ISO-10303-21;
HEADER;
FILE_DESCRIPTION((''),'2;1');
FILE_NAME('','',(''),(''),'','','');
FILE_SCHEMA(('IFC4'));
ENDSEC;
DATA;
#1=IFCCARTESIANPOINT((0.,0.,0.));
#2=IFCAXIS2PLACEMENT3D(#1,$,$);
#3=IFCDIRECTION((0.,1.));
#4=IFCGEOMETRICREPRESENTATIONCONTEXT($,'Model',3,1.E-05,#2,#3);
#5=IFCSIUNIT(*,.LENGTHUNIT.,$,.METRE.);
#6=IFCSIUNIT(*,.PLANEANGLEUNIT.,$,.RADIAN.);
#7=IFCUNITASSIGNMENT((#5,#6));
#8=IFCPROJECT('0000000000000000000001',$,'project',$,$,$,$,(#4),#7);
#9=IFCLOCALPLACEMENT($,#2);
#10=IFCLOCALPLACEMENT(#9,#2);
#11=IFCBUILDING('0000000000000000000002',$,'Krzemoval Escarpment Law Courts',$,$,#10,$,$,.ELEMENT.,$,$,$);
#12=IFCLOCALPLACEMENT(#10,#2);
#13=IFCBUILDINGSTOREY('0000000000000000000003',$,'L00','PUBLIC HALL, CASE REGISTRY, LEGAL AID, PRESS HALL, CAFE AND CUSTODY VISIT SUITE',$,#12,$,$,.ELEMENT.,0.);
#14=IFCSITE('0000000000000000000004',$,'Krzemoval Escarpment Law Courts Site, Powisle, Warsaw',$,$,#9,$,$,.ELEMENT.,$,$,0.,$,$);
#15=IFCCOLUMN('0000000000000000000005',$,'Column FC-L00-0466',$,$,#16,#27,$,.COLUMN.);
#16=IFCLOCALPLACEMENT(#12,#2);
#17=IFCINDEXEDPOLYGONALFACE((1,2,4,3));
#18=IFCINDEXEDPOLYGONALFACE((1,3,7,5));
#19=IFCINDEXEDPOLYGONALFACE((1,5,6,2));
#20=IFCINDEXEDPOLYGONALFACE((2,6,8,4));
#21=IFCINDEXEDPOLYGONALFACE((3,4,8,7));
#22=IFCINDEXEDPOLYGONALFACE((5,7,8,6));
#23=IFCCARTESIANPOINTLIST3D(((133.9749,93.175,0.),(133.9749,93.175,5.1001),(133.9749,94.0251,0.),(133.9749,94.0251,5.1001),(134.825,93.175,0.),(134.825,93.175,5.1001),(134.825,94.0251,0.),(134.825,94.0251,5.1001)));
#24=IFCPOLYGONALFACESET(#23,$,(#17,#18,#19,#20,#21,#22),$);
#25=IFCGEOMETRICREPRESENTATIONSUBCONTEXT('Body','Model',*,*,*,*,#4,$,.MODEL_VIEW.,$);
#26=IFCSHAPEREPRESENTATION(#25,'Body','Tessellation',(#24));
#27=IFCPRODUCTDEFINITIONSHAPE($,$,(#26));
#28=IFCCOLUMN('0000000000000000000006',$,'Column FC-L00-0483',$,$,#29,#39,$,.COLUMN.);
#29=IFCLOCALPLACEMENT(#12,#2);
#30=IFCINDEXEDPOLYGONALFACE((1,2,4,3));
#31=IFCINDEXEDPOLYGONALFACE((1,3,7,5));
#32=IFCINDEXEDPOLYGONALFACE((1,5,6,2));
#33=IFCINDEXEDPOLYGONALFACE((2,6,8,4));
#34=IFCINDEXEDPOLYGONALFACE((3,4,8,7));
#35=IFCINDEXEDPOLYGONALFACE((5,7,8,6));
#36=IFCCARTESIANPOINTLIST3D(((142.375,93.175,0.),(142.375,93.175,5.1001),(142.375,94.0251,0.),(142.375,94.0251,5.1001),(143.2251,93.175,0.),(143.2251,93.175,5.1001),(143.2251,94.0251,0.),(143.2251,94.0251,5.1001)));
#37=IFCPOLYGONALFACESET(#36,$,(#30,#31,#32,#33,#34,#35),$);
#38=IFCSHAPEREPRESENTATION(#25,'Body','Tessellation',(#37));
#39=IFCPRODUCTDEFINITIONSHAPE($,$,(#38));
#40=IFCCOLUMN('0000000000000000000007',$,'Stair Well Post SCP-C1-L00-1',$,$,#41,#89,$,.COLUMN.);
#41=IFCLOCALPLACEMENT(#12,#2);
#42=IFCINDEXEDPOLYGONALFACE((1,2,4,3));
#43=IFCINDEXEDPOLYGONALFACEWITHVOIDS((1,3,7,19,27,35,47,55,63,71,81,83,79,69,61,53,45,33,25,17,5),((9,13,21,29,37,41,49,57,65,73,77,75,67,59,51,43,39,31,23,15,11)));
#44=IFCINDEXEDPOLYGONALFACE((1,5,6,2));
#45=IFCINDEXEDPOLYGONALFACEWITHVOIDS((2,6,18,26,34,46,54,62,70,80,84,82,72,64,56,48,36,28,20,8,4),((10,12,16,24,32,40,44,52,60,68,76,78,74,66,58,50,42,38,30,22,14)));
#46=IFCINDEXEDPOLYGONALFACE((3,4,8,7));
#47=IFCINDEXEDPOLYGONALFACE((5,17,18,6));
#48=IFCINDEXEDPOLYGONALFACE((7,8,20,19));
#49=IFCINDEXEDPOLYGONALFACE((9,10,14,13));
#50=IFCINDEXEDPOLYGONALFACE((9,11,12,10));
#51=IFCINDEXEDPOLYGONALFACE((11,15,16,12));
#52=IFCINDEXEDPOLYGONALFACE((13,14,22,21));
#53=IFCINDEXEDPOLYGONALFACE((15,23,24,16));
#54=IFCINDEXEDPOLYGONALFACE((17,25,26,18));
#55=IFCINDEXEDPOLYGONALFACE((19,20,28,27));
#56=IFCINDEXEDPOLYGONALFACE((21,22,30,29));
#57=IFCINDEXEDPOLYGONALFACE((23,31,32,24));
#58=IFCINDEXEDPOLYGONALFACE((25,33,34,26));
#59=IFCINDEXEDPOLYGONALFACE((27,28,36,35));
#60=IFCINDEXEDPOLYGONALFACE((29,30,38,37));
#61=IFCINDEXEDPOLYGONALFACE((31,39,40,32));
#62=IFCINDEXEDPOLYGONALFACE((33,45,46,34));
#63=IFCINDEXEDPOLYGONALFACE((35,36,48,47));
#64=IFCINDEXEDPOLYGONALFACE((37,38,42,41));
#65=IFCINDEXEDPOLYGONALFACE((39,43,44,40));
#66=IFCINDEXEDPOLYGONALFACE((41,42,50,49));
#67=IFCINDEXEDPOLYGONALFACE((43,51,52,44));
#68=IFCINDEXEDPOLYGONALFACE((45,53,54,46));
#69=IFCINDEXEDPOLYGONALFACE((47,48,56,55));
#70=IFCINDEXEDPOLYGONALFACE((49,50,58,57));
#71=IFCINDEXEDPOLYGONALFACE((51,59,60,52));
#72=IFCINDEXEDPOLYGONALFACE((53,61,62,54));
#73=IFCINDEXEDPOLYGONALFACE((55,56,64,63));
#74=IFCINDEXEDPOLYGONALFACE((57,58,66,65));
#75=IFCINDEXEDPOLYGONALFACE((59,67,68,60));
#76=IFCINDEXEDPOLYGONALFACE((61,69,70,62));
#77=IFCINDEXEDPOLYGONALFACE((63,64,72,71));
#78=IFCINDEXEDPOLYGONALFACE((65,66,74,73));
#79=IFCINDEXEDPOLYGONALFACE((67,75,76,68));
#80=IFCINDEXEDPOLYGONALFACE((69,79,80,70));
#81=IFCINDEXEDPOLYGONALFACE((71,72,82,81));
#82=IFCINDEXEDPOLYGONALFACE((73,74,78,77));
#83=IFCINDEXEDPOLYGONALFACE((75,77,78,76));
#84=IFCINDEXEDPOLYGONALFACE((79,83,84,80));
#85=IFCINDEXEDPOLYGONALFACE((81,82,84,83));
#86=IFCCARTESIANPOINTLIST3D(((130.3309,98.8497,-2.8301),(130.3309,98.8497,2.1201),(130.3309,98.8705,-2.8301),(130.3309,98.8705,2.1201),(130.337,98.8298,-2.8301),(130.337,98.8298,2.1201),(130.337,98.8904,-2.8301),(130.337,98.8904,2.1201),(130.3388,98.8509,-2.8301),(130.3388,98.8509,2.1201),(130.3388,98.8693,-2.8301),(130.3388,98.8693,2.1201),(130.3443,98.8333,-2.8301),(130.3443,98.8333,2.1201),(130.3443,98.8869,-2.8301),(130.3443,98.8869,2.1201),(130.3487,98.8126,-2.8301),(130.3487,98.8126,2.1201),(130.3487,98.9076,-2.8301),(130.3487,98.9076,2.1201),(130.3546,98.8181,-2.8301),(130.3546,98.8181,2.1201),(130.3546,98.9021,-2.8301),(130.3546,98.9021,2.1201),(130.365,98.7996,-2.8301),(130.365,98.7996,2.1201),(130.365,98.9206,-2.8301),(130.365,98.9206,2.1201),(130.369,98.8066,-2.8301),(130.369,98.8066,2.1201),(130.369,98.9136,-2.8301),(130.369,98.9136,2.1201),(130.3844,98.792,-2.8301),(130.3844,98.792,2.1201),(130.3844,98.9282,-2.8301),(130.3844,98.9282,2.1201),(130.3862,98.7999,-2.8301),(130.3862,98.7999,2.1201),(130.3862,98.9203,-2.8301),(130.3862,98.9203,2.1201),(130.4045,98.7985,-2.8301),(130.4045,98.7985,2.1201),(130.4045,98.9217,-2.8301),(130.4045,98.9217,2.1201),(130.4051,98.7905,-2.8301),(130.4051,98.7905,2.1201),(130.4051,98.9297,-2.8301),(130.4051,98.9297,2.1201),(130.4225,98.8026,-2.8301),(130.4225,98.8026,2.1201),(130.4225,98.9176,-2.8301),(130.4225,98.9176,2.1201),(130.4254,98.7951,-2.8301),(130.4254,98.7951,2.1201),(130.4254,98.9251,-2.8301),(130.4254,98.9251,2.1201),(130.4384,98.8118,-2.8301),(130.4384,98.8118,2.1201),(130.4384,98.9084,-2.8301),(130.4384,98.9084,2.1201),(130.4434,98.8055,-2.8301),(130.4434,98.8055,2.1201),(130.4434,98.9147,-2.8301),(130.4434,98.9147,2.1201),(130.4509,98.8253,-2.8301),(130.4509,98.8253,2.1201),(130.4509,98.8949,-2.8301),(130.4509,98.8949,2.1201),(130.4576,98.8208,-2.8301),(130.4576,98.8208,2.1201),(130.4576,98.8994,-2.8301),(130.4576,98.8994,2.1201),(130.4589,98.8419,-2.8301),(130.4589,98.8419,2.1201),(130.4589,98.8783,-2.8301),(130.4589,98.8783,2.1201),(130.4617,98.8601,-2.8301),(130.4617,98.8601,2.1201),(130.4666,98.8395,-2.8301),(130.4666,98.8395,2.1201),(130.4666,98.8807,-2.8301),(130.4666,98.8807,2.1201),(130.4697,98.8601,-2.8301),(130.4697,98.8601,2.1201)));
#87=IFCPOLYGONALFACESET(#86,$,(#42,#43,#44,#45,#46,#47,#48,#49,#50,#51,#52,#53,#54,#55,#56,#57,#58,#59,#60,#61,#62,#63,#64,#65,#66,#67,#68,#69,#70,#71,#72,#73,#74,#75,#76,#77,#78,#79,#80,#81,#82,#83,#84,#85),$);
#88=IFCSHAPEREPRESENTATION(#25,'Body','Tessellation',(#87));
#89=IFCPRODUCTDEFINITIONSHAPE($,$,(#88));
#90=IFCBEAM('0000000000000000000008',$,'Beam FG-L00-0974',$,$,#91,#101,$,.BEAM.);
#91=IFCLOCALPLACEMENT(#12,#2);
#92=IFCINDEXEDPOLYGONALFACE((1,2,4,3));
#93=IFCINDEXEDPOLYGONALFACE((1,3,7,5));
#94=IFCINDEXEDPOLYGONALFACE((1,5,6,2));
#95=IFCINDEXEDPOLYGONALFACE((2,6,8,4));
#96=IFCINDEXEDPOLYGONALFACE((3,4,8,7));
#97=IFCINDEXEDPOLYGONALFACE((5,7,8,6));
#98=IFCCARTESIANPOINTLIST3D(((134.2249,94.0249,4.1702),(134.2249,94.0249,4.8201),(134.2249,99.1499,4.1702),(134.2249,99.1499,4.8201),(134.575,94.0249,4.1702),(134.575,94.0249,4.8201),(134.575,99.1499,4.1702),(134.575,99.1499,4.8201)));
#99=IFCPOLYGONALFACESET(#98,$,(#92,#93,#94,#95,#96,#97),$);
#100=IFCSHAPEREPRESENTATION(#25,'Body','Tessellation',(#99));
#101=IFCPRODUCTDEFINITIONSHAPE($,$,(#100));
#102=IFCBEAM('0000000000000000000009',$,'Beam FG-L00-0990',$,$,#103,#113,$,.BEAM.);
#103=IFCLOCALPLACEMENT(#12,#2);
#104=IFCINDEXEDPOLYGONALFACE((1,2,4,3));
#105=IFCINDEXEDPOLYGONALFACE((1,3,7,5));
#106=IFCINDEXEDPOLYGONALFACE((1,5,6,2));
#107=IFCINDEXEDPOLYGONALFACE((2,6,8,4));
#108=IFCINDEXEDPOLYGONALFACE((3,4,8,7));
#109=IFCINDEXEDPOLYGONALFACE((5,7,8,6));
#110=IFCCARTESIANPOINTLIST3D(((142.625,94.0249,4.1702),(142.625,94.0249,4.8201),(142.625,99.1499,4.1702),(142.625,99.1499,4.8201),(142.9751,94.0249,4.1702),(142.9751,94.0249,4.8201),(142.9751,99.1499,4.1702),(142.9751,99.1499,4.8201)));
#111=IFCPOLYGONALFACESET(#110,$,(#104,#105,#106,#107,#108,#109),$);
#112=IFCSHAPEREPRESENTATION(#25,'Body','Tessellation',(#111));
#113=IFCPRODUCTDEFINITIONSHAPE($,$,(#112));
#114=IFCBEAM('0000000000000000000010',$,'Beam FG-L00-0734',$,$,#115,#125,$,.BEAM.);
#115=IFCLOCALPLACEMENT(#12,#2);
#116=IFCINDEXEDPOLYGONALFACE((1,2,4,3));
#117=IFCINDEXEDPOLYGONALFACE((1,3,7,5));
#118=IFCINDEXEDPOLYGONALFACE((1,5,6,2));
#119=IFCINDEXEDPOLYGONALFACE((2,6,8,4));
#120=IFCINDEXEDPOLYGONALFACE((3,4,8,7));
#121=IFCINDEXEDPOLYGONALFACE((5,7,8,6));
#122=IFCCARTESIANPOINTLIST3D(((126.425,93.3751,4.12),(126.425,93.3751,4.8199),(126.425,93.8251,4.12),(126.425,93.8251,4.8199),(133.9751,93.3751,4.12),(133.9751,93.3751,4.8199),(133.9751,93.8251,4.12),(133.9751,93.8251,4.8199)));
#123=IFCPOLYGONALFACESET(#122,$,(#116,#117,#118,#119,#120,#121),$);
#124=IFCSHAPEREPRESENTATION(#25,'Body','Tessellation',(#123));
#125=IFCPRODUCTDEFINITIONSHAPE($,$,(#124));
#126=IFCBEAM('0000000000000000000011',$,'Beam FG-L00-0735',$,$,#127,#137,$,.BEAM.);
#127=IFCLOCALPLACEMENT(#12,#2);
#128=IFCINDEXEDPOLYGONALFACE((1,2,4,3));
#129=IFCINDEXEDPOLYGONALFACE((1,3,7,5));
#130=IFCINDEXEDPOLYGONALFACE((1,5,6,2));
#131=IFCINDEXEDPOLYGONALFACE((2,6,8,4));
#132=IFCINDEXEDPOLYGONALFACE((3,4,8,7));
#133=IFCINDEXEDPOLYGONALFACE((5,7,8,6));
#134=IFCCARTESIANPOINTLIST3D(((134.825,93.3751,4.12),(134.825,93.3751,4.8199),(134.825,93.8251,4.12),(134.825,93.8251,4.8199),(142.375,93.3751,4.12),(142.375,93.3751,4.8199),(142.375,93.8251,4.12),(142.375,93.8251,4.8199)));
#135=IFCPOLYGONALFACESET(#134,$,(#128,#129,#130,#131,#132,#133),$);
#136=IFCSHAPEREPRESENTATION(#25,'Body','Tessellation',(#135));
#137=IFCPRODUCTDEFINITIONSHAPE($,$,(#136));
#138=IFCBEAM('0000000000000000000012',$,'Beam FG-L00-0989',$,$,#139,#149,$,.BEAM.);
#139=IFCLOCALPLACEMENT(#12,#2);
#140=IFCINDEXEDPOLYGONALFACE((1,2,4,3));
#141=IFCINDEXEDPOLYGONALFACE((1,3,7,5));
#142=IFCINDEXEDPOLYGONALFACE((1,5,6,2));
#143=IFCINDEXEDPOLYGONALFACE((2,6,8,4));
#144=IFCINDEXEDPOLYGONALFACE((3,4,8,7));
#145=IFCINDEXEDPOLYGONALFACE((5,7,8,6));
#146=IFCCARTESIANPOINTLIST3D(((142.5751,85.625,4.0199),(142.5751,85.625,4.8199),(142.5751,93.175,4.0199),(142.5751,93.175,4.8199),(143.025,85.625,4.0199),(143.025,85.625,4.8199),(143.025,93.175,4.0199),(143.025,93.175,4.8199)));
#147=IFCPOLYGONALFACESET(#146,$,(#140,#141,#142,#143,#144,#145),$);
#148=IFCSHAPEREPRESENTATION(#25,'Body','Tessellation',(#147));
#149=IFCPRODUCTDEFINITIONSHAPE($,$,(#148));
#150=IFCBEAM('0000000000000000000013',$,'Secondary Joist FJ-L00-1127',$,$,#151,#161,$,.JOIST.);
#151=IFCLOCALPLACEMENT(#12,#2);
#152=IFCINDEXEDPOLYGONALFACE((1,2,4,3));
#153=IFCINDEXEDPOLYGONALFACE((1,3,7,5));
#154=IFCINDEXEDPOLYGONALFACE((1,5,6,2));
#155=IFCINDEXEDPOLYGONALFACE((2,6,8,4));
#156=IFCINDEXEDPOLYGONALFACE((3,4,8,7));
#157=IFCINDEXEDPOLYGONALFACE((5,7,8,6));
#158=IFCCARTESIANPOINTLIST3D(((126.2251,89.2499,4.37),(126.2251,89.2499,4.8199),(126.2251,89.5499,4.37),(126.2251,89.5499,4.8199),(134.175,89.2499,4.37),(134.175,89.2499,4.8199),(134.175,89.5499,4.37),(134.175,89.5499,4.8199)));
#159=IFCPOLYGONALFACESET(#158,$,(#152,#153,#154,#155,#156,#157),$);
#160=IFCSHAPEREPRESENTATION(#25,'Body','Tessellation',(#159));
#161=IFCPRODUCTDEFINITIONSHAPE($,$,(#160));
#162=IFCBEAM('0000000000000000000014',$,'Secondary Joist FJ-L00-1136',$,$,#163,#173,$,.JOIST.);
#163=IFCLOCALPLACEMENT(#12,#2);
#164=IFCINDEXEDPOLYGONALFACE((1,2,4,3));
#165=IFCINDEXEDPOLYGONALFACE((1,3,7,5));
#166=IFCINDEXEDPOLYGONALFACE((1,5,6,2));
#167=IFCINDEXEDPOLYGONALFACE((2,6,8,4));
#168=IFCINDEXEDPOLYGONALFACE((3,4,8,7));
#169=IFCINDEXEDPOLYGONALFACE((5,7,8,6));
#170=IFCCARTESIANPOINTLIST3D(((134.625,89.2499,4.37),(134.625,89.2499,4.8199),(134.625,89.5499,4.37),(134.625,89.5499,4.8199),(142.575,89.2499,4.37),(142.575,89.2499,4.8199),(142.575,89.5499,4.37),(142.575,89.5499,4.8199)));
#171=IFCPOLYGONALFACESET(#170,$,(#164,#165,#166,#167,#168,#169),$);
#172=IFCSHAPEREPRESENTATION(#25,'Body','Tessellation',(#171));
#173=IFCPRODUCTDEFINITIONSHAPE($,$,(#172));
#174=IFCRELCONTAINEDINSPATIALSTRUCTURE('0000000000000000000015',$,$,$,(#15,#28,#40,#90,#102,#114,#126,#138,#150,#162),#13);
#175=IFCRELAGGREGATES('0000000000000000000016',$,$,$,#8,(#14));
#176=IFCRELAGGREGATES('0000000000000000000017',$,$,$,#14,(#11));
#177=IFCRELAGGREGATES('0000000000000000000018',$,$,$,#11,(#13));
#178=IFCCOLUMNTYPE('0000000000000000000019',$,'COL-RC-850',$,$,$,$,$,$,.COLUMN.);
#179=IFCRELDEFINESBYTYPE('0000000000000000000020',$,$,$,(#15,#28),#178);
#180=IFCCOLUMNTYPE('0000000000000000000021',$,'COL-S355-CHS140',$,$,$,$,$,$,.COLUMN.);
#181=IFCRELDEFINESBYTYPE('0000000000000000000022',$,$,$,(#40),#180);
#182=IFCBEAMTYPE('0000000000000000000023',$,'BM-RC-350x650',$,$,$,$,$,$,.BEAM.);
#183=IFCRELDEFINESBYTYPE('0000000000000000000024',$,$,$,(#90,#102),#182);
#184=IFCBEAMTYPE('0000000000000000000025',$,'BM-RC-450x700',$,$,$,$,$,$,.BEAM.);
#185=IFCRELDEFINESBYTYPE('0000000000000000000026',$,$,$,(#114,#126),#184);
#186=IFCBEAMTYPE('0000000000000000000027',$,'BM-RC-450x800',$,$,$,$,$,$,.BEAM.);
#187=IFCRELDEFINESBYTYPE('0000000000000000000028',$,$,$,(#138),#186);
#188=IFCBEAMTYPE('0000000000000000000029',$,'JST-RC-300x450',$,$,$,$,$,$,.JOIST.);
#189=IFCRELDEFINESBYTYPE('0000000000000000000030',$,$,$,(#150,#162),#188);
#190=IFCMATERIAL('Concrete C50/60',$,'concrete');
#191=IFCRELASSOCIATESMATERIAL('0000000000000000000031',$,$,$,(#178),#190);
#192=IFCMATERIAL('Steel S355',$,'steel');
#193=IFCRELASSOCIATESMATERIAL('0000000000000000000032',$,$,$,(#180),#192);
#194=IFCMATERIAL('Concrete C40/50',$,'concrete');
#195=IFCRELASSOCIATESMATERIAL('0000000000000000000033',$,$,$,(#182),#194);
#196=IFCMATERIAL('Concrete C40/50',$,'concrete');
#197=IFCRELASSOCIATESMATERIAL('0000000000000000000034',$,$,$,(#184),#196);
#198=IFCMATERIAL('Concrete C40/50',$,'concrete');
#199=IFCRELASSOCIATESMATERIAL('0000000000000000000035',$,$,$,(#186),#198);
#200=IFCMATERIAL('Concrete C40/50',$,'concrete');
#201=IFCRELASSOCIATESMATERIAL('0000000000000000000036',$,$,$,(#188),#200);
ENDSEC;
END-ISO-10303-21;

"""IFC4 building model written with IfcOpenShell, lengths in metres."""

from ifc_helpers import new_model, si_unit, direction, frame, origin, origin_2d, place, context, subcontext, project, spatial, rectangle, hollow_circle, extrude, material, material_profile, profile_set, type_object, element, save


model = new_model("IFC4")

# Units and contexts
model_context = context("Model", 3, precision=1e-05, world=origin(), true_north=direction((0.0, 1.0)))
body_context = subcontext(model_context, "Body", "Model", "MODEL_VIEW")
ifc_project = project(units=[si_unit("LENGTHUNIT", "METRE"), si_unit("PLANEANGLEUNIT", "RADIAN")], contexts=[model_context])

# Site, building, storey
site_placement = place(None, origin())
site = spatial("IfcSite", under=ifc_project, at=site_placement, Name="Krzemoval Escarpment Law Courts Site, Powisle, Warsaw", CompositionType="ELEMENT", RefElevation=0.0)
building_placement = place(site_placement, origin())
building = spatial("IfcBuilding", under=site, at=building_placement, Name="Krzemoval Escarpment Law Courts", CompositionType="ELEMENT")
storey_placement = place(building_placement, origin())
storey = spatial("IfcBuildingStorey", under=building, at=storey_placement, Name="L00", Description="PUBLIC HALL, CASE REGISTRY, LEGAL AID, PRESS HALL, CAFE AND CUSTODY VISIT SUITE", CompositionType="ELEMENT", Elevation=0.0)

# Columns
ifc_material_1 = material(Name="Concrete C50/60", Category="concrete")
ifc_material_profile_1 = material_profile(ifc_material_1, rectangle(XDim=0.8501, YDim=0.8501, at=origin_2d()), Name="RC 850x850")
ifc_profile_set_1 = profile_set([ifc_material_profile_1], Name="Concrete C50/60")
column_type_1 = type_object("IfcColumnType", Name="COL-RC-850", PredefinedType="COLUMN", material=ifc_profile_set_1)
for number, where, z_axis, x_axis, name in (
    (1, (134.3999, 93.6001, 0.0), (0.0, 0.0, 1.0), (1.0, 0.0, 0.0), "Column FC-L00-0466"),
    (2, (142.8, 93.6001, 0.0), (0.0, 0.0, 1.0), (1.0, 0.0, 0.0), "Column FC-L00-0483"),
):
    element("IfcColumn", number, at=place(storey_placement, frame(where, z_axis=z_axis, x_axis=x_axis)), inside=storey, type_object=column_type_1, Name=name, PredefinedType="COLUMN", context=body_context, shape_type="SweptSolid", body=[
        extrude(rectangle(XDim=0.8501, YDim=0.8501, at=origin_2d()), origin(), (0.0, 0.0, 1.0), 5.1001),
    ])
ifc_material_2 = material(Name="Steel S355", Category="steel")
ifc_material_profile_2 = material_profile(ifc_material_2, hollow_circle(Radius=0.0698, WallThickness=0.0081, at=origin_2d()), Name="CHS 139.7x8")
ifc_profile_set_2 = profile_set([ifc_material_profile_2], Name="Steel S355")
column_type_2 = type_object("IfcColumnType", Name="COL-S355-CHS140", PredefinedType="COLUMN", material=ifc_profile_set_2)
column_placement = place(storey_placement, frame((130.3999, 98.8601, -2.8301), z_axis=(0.0, 0.0, 1.0), x_axis=(1.0, 0.0, 0.0)))
element("IfcColumn", 3, at=column_placement, inside=storey, type_object=column_type_2, Name="Stair Well Post SCP-C1-L00-1", PredefinedType="COLUMN", context=body_context, shape_type="SweptSolid", body=[
    extrude(hollow_circle(Radius=0.0698, WallThickness=0.0081, at=origin_2d()), origin(), (0.0, 0.0, 1.0), 4.9502),
])

# Beams
ifc_material_3 = material(Name="Concrete C40/50", Category="concrete")
ifc_material_profile_3 = material_profile(ifc_material_3, rectangle(XDim=0.3501, YDim=0.6499, at=origin_2d()), Name="RCB 350x650")
ifc_profile_set_3 = profile_set([ifc_material_profile_3], Name="Concrete C40/50")
beam_type_1 = type_object("IfcBeamType", Name="BM-RC-350x650", PredefinedType="BEAM", material=ifc_profile_set_3)
for number, where, z_axis, x_axis, name in (
    (4, (134.3999, 94.0249, 4.4951), (0.0, 1.0, 0.0), (-1.0, 0.0, 0.0), "Beam FG-L00-0974"),
    (5, (142.8, 94.0249, 4.4951), (0.0, 1.0, 0.0), (-1.0, 0.0, 0.0), "Beam FG-L00-0990"),
):
    element("IfcBeam", number, at=place(storey_placement, frame(where, z_axis=z_axis, x_axis=x_axis)), inside=storey, type_object=beam_type_1, Name=name, PredefinedType="BEAM", context=body_context, shape_type="SweptSolid", body=[
        extrude(rectangle(XDim=0.3501, YDim=0.6499, at=origin_2d()), origin(), (0.0, 0.0, 1.0), 5.125),
    ])
ifc_material_4 = material(Name="Concrete C40/50", Category="concrete")
ifc_material_profile_4 = material_profile(ifc_material_4, rectangle(XDim=0.45, YDim=0.7, at=origin_2d()), Name="RCB 450x700")
ifc_profile_set_4 = profile_set([ifc_material_profile_4], Name="Concrete C40/50")
beam_type_2 = type_object("IfcBeamType", Name="BM-RC-450x700", PredefinedType="BEAM", material=ifc_profile_set_4)
for number, where, z_axis, x_axis, name in (
    (6, (126.425, 93.6001, 4.47), (1.0, 0.0, 0.0), (0.0, 1.0, 0.0), "Beam FG-L00-0734"),
    (7, (134.825, 93.6001, 4.47), (1.0, 0.0, 0.0), (0.0, 1.0, 0.0), "Beam FG-L00-0735"),
):
    element("IfcBeam", number, at=place(storey_placement, frame(where, z_axis=z_axis, x_axis=x_axis)), inside=storey, type_object=beam_type_2, Name=name, PredefinedType="BEAM", context=body_context, shape_type="SweptSolid", body=[
        extrude(rectangle(XDim=0.45, YDim=0.7, at=origin_2d()), origin(), (0.0, 0.0, 1.0), 7.55),
    ])
ifc_material_5 = material(Name="Concrete C40/50", Category="concrete")
ifc_material_profile_5 = material_profile(ifc_material_5, rectangle(XDim=0.45, YDim=0.8, at=origin_2d()), Name="RCB 450x800")
ifc_profile_set_5 = profile_set([ifc_material_profile_5], Name="Concrete C40/50")
beam_type_3 = type_object("IfcBeamType", Name="BM-RC-450x800", PredefinedType="BEAM", material=ifc_profile_set_5)
beam_1_placement = place(storey_placement, frame((142.8, 85.625, 4.4199), z_axis=(0.0, 1.0, 0.0), x_axis=(-1.0, 0.0, 0.0)))
element("IfcBeam", 8, at=beam_1_placement, inside=storey, type_object=beam_type_3, Name="Beam FG-L00-0989", PredefinedType="BEAM", context=body_context, shape_type="SweptSolid", body=[
    extrude(rectangle(XDim=0.45, YDim=0.8, at=origin_2d()), origin(), (0.0, 0.0, 1.0), 7.55),
])
ifc_material_6 = material(Name="Concrete C40/50", Category="concrete")
ifc_material_profile_6 = material_profile(ifc_material_6, rectangle(XDim=0.3, YDim=0.45, at=origin_2d()), Name="RCB 300x450")
ifc_profile_set_6 = profile_set([ifc_material_profile_6], Name="Concrete C40/50")
beam_type_4 = type_object("IfcBeamType", Name="JST-RC-300x450", PredefinedType="JOIST", material=ifc_profile_set_6)
for number, where, z_axis, x_axis, name in (
    (9, (126.2251, 89.3999, 4.595), (1.0, 0.0, 0.0), (0.0, 1.0, 0.0), "Secondary Joist FJ-L00-1127"),
    (10, (134.625, 89.3999, 4.595), (1.0, 0.0, 0.0), (0.0, 1.0, 0.0), "Secondary Joist FJ-L00-1136"),
):
    element("IfcBeam", number, at=place(storey_placement, frame(where, z_axis=z_axis, x_axis=x_axis)), inside=storey, type_object=beam_type_4, Name=name, PredefinedType="JOIST", context=body_context, shape_type="SweptSolid", body=[
        extrude(rectangle(XDim=0.3, YDim=0.45, at=origin_2d()), origin(), (0.0, 0.0, 1.0), 7.95),
    ])

save(model, "model.ifc")
